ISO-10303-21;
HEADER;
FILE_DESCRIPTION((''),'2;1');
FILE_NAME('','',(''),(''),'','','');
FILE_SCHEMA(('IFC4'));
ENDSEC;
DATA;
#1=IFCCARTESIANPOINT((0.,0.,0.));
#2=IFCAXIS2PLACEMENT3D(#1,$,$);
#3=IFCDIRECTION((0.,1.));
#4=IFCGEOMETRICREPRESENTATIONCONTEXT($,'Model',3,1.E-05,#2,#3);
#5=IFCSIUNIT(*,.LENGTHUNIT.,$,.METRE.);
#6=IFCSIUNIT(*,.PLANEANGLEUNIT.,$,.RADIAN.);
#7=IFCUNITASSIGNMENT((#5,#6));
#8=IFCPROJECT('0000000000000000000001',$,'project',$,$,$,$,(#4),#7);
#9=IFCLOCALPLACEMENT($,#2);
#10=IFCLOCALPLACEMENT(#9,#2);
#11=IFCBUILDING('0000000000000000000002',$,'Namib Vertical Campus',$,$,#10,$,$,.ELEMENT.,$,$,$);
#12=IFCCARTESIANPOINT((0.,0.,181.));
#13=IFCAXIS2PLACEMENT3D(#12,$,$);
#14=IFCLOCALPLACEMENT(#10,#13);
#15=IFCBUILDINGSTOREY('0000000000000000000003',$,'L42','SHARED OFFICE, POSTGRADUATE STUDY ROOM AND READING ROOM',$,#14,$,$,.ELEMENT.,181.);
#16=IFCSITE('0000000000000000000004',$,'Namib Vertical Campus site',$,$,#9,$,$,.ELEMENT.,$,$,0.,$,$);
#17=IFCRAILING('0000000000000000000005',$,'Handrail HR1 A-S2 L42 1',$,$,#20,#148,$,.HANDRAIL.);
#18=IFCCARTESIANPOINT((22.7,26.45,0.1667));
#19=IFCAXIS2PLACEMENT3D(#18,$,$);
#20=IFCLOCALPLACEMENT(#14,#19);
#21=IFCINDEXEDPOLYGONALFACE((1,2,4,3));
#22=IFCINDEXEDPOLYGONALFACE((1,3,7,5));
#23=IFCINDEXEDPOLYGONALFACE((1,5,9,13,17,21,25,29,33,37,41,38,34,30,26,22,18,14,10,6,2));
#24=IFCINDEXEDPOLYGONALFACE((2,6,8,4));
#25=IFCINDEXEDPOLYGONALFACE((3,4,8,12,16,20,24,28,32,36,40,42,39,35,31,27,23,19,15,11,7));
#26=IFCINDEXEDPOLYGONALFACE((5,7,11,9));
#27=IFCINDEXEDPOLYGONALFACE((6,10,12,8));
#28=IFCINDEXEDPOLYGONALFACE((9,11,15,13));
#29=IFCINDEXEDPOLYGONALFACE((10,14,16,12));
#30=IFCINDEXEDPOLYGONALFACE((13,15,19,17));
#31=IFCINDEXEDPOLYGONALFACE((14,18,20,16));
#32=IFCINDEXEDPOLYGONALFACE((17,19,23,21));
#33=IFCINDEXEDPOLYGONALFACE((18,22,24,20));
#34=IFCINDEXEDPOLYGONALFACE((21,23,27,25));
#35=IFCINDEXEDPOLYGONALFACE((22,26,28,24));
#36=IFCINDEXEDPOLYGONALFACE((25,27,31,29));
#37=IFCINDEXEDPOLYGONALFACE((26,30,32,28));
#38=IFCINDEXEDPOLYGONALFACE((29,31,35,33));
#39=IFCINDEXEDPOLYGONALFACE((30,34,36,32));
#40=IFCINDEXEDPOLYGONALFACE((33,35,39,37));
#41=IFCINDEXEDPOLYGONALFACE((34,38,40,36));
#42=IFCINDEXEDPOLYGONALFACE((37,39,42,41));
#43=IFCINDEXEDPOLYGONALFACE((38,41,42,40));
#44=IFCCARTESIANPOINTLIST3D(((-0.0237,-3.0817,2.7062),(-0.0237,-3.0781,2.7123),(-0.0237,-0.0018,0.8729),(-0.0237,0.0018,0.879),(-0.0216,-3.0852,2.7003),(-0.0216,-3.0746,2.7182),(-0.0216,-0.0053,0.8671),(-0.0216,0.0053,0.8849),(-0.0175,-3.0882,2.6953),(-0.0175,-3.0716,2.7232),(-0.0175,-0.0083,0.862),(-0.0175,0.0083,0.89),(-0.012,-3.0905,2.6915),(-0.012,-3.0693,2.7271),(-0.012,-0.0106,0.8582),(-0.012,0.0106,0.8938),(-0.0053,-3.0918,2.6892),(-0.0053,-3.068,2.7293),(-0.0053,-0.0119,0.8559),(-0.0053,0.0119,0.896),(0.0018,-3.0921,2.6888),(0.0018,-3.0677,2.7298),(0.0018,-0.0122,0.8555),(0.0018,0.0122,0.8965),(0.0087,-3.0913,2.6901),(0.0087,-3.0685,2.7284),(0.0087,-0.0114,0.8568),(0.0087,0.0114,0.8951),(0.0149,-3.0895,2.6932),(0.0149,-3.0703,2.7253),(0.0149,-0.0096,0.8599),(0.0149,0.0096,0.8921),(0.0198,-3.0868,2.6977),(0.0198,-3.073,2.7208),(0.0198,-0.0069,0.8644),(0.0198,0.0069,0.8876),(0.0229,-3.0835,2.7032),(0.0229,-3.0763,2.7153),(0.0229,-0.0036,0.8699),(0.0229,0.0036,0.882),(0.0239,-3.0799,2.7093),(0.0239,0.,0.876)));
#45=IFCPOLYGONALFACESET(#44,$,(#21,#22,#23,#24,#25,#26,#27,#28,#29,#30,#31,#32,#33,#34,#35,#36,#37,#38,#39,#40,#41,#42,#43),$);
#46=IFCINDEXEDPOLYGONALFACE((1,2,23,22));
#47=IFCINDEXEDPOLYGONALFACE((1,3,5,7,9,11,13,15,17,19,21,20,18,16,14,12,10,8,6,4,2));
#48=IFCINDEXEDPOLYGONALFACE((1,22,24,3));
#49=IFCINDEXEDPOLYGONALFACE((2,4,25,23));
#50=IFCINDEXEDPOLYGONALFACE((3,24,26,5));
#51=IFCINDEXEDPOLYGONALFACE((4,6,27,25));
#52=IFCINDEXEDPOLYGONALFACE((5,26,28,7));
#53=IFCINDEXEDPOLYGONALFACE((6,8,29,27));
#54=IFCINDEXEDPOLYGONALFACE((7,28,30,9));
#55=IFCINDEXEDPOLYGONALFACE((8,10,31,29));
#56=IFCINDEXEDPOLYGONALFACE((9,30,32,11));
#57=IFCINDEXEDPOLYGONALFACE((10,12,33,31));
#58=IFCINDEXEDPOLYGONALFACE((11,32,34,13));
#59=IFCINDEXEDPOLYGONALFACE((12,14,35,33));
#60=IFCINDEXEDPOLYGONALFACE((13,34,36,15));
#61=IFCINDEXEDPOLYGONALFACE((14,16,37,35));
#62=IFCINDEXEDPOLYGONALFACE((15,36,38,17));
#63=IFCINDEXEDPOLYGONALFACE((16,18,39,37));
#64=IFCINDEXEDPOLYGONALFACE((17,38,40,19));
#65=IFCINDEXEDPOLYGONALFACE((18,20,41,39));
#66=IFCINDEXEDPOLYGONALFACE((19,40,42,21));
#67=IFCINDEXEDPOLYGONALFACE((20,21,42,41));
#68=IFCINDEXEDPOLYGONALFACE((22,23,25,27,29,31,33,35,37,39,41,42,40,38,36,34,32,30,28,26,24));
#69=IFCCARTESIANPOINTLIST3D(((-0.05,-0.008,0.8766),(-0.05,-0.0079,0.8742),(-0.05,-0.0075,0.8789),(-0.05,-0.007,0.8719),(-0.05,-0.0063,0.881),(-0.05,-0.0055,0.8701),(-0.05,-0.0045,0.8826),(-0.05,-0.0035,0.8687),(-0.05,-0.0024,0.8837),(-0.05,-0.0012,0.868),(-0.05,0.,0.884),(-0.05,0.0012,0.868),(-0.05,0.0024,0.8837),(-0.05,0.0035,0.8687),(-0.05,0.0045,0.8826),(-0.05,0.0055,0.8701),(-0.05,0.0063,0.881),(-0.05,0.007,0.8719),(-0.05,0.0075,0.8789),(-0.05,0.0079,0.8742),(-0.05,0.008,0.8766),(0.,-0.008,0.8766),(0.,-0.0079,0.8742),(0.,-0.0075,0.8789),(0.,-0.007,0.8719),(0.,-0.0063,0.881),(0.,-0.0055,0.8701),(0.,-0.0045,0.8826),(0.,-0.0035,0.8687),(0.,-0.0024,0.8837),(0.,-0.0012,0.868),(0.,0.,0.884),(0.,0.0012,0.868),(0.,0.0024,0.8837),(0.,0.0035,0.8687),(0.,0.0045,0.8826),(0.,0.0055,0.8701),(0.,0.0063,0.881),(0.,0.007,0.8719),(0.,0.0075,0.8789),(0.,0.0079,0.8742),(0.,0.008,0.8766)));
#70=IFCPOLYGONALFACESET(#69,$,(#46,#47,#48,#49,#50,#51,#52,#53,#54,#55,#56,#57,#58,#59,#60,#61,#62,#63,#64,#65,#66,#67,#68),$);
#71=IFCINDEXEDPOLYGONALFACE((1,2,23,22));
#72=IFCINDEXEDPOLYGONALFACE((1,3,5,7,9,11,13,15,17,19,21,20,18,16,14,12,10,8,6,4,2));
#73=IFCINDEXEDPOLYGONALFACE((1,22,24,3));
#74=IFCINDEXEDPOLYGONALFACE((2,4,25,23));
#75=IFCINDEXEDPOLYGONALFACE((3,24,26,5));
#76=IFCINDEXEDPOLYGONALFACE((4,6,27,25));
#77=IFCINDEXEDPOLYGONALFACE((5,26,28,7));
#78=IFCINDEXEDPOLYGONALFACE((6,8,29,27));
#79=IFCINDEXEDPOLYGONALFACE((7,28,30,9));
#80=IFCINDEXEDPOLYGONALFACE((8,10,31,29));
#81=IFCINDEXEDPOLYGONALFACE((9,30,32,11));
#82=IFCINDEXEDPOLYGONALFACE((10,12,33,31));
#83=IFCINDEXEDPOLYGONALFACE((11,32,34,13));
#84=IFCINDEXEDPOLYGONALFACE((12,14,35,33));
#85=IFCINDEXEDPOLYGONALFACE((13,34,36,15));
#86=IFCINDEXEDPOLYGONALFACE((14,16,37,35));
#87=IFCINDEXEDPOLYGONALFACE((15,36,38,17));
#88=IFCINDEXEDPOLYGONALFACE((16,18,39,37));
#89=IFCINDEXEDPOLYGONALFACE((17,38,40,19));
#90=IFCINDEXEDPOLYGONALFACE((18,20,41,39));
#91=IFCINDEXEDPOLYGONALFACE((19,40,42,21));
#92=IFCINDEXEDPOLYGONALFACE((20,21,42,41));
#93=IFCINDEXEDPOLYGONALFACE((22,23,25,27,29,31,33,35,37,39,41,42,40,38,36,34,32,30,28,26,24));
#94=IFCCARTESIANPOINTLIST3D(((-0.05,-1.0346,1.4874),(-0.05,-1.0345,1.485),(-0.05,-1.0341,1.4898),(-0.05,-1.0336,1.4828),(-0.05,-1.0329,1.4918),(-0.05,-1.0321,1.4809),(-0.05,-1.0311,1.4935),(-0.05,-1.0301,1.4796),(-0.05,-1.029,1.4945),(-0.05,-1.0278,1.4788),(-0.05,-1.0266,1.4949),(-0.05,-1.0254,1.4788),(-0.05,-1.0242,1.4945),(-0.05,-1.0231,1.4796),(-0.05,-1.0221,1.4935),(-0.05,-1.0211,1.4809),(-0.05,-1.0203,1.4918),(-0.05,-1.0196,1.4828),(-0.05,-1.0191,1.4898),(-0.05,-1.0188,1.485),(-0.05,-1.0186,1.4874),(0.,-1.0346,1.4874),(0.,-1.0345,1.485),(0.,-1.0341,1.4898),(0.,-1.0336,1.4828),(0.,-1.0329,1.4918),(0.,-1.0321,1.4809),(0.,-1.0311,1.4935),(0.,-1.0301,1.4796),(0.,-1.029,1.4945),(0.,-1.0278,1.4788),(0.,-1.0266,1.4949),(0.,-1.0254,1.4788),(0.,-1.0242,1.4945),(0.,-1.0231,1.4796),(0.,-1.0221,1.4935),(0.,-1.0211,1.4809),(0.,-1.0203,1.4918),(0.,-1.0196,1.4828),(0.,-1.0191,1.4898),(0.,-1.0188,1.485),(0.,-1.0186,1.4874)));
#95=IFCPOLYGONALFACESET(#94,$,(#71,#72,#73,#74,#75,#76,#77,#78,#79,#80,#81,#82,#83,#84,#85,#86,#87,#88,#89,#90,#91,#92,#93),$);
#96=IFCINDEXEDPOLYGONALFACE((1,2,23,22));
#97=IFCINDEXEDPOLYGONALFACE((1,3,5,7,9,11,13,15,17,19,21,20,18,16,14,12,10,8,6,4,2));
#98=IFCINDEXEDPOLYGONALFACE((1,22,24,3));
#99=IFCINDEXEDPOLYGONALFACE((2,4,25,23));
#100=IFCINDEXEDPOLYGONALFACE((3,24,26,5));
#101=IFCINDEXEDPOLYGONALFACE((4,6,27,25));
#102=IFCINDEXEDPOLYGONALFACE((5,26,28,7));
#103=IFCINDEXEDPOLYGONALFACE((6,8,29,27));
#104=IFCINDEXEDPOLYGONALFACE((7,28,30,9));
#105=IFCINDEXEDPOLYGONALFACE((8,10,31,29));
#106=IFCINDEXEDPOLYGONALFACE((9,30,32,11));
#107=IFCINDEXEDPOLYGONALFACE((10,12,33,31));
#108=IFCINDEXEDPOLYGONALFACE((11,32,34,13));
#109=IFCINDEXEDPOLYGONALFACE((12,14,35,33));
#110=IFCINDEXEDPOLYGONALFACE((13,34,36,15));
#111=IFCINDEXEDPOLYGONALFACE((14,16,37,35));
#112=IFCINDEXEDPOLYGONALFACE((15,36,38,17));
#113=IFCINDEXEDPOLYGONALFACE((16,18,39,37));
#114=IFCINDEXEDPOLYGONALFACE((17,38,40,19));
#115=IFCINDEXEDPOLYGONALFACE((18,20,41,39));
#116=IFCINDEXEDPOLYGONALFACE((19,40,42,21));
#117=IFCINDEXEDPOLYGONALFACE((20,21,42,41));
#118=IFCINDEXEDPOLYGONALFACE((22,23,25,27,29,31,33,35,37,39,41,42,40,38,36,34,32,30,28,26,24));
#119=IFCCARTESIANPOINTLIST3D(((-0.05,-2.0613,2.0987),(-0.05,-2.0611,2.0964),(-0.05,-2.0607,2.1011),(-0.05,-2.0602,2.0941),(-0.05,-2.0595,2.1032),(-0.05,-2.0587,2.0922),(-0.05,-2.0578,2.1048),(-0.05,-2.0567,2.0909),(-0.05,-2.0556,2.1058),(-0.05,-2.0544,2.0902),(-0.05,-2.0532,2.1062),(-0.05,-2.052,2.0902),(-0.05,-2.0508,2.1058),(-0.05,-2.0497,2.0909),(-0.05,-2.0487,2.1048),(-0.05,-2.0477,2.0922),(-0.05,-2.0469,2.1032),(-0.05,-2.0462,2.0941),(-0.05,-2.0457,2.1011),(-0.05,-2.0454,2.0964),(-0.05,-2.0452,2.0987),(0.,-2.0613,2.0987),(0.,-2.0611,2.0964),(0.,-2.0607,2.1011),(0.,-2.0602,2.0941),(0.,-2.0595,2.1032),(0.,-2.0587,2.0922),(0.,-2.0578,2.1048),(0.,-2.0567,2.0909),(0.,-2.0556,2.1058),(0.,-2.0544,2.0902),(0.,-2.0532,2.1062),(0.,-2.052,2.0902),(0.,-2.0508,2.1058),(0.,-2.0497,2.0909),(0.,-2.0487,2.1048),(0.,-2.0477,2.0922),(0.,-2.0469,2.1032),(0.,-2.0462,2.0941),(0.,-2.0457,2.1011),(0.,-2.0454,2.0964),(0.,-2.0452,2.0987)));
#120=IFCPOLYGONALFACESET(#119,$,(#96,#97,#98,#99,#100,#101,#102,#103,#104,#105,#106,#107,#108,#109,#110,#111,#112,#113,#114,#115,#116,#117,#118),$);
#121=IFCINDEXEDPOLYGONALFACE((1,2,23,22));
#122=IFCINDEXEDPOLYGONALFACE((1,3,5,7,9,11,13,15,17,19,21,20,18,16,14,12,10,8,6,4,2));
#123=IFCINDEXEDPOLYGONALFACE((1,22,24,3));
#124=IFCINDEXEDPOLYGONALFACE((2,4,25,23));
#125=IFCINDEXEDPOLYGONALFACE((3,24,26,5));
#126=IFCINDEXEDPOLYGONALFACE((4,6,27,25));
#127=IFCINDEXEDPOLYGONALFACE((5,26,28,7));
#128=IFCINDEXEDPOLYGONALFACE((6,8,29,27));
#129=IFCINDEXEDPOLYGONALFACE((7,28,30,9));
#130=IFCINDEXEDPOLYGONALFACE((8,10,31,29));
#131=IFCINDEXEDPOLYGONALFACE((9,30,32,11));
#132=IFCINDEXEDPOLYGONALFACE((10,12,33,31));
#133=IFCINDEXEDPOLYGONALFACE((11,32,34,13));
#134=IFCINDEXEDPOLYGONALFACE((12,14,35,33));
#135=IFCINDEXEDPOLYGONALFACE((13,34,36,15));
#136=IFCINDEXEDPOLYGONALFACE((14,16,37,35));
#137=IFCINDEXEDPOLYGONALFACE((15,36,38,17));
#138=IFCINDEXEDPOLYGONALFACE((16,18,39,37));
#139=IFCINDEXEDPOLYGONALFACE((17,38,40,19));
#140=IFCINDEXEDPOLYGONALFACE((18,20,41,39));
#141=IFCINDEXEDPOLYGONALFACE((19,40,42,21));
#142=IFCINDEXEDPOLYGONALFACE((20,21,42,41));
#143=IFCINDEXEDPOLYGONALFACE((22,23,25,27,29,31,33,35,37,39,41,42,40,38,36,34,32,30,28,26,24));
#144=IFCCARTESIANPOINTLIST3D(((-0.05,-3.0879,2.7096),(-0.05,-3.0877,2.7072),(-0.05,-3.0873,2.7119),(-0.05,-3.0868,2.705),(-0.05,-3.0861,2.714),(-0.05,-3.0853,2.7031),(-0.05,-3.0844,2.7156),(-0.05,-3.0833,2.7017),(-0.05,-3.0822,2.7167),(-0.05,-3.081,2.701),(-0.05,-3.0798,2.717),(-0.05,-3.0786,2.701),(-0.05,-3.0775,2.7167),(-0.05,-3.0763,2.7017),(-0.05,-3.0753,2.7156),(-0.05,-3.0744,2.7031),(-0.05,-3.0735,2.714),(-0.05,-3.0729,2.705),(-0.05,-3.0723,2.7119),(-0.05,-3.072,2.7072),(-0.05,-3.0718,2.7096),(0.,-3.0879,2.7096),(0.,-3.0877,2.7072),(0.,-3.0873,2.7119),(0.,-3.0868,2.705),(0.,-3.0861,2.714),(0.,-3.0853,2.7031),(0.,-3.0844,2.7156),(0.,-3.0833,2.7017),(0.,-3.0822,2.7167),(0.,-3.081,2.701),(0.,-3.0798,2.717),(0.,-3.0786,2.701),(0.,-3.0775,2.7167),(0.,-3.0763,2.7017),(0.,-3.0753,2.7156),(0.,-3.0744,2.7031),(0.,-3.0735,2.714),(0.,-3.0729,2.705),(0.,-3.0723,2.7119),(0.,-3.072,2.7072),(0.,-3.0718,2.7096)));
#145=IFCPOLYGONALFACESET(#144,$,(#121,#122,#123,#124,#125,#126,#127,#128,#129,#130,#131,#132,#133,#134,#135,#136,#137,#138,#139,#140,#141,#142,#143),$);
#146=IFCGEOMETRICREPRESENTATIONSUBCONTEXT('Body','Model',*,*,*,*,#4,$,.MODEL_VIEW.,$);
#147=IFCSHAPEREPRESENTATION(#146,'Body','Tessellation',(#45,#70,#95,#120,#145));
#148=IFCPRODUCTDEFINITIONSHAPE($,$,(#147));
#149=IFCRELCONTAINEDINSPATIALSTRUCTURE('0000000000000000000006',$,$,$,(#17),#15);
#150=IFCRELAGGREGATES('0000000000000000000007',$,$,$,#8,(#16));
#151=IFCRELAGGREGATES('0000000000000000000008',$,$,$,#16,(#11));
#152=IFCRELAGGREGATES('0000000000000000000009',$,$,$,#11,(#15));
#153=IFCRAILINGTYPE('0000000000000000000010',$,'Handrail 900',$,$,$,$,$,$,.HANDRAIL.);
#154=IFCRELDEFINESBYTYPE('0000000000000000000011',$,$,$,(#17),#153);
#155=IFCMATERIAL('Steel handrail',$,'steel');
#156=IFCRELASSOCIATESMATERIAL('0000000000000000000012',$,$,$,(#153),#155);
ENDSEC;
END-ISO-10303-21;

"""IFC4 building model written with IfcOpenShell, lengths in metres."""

from ifc_helpers import new_model, si_unit, direction, frame, origin, origin_2d, place, context, subcontext, project, spatial, circle, extrude, material, type_object, element, save


model = new_model("IFC4")

# Units and contexts
model_context = context("Model", 3, precision=1e-05, world=origin(), true_north=direction((0.0, 1.0)))
body_context = subcontext(model_context, "Body", "Model", "MODEL_VIEW")
ifc_project = project(units=[si_unit("LENGTHUNIT", "METRE"), si_unit("PLANEANGLEUNIT", "RADIAN")], contexts=[model_context])

# Site, building, storey
site_placement = place(None, origin())
site = spatial("IfcSite", under=ifc_project, at=site_placement, Name="Namib Vertical Campus site", CompositionType="ELEMENT", RefElevation=0.0)
building_placement = place(site_placement, origin())
building = spatial("IfcBuilding", under=site, at=building_placement, Name="Namib Vertical Campus", CompositionType="ELEMENT")
storey_placement = place(building_placement, frame((0.0, 0.0, 181.0)))
storey = spatial("IfcBuildingStorey", under=building, at=storey_placement, Name="L42", Description="SHARED OFFICE, POSTGRADUATE STUDY ROOM AND READING ROOM", CompositionType="ELEMENT", Elevation=181.0)

# Railing
ifc_material_1 = material(Name="Steel handrail", Category="steel")
railing_type_1 = type_object("IfcRailingType", Name="Handrail 900", PredefinedType="HANDRAIL", material=ifc_material_1)
railing_1_placement = place(storey_placement, frame((22.7, 26.45, 0.1667)))
element("IfcRailing", 1, at=railing_1_placement, inside=storey, type_object=railing_type_1, Name="Handrail HR1 A-S2 L42 1", PredefinedType="HANDRAIL", context=body_context, shape_type="SweptSolid", body=[
    extrude(circle(Radius=0.0239, at=origin_2d()), frame((0.0, 0.0, 0.876), z_axis=(0.0, -0.859291, 0.511487), x_axis=(1.0, 0.0, 0.0)), (0.0, 0.0, 1.0), 3.5842),
    extrude(circle(Radius=0.0081, at=origin_2d()), frame((0.0, 0.0, 0.876), z_axis=(-1.0, 0.0, 0.0), x_axis=(0.0, 0.0, 1.0)), (0.0, 0.0, 1.0), 0.05),
    extrude(circle(Radius=0.0081, at=origin_2d()), frame((0.0, -1.0266, 1.4868), z_axis=(-1.0, 0.0, 0.0), x_axis=(0.0, 0.0, 1.0)), (0.0, 0.0, 1.0), 0.05),
    extrude(circle(Radius=0.0081, at=origin_2d()), frame((0.0, -2.0532, 2.0981), z_axis=(-1.0, 0.0, 0.0), x_axis=(0.0, 0.0, 1.0)), (0.0, 0.0, 1.0), 0.05),
    extrude(circle(Radius=0.0081, at=origin_2d()), frame((0.0, -3.0798, 2.709), z_axis=(-1.0, 0.0, 0.0), x_axis=(0.0, 0.0, 1.0)), (0.0, 0.0, 1.0), 0.05),
])

save(model, "model.ifc")
